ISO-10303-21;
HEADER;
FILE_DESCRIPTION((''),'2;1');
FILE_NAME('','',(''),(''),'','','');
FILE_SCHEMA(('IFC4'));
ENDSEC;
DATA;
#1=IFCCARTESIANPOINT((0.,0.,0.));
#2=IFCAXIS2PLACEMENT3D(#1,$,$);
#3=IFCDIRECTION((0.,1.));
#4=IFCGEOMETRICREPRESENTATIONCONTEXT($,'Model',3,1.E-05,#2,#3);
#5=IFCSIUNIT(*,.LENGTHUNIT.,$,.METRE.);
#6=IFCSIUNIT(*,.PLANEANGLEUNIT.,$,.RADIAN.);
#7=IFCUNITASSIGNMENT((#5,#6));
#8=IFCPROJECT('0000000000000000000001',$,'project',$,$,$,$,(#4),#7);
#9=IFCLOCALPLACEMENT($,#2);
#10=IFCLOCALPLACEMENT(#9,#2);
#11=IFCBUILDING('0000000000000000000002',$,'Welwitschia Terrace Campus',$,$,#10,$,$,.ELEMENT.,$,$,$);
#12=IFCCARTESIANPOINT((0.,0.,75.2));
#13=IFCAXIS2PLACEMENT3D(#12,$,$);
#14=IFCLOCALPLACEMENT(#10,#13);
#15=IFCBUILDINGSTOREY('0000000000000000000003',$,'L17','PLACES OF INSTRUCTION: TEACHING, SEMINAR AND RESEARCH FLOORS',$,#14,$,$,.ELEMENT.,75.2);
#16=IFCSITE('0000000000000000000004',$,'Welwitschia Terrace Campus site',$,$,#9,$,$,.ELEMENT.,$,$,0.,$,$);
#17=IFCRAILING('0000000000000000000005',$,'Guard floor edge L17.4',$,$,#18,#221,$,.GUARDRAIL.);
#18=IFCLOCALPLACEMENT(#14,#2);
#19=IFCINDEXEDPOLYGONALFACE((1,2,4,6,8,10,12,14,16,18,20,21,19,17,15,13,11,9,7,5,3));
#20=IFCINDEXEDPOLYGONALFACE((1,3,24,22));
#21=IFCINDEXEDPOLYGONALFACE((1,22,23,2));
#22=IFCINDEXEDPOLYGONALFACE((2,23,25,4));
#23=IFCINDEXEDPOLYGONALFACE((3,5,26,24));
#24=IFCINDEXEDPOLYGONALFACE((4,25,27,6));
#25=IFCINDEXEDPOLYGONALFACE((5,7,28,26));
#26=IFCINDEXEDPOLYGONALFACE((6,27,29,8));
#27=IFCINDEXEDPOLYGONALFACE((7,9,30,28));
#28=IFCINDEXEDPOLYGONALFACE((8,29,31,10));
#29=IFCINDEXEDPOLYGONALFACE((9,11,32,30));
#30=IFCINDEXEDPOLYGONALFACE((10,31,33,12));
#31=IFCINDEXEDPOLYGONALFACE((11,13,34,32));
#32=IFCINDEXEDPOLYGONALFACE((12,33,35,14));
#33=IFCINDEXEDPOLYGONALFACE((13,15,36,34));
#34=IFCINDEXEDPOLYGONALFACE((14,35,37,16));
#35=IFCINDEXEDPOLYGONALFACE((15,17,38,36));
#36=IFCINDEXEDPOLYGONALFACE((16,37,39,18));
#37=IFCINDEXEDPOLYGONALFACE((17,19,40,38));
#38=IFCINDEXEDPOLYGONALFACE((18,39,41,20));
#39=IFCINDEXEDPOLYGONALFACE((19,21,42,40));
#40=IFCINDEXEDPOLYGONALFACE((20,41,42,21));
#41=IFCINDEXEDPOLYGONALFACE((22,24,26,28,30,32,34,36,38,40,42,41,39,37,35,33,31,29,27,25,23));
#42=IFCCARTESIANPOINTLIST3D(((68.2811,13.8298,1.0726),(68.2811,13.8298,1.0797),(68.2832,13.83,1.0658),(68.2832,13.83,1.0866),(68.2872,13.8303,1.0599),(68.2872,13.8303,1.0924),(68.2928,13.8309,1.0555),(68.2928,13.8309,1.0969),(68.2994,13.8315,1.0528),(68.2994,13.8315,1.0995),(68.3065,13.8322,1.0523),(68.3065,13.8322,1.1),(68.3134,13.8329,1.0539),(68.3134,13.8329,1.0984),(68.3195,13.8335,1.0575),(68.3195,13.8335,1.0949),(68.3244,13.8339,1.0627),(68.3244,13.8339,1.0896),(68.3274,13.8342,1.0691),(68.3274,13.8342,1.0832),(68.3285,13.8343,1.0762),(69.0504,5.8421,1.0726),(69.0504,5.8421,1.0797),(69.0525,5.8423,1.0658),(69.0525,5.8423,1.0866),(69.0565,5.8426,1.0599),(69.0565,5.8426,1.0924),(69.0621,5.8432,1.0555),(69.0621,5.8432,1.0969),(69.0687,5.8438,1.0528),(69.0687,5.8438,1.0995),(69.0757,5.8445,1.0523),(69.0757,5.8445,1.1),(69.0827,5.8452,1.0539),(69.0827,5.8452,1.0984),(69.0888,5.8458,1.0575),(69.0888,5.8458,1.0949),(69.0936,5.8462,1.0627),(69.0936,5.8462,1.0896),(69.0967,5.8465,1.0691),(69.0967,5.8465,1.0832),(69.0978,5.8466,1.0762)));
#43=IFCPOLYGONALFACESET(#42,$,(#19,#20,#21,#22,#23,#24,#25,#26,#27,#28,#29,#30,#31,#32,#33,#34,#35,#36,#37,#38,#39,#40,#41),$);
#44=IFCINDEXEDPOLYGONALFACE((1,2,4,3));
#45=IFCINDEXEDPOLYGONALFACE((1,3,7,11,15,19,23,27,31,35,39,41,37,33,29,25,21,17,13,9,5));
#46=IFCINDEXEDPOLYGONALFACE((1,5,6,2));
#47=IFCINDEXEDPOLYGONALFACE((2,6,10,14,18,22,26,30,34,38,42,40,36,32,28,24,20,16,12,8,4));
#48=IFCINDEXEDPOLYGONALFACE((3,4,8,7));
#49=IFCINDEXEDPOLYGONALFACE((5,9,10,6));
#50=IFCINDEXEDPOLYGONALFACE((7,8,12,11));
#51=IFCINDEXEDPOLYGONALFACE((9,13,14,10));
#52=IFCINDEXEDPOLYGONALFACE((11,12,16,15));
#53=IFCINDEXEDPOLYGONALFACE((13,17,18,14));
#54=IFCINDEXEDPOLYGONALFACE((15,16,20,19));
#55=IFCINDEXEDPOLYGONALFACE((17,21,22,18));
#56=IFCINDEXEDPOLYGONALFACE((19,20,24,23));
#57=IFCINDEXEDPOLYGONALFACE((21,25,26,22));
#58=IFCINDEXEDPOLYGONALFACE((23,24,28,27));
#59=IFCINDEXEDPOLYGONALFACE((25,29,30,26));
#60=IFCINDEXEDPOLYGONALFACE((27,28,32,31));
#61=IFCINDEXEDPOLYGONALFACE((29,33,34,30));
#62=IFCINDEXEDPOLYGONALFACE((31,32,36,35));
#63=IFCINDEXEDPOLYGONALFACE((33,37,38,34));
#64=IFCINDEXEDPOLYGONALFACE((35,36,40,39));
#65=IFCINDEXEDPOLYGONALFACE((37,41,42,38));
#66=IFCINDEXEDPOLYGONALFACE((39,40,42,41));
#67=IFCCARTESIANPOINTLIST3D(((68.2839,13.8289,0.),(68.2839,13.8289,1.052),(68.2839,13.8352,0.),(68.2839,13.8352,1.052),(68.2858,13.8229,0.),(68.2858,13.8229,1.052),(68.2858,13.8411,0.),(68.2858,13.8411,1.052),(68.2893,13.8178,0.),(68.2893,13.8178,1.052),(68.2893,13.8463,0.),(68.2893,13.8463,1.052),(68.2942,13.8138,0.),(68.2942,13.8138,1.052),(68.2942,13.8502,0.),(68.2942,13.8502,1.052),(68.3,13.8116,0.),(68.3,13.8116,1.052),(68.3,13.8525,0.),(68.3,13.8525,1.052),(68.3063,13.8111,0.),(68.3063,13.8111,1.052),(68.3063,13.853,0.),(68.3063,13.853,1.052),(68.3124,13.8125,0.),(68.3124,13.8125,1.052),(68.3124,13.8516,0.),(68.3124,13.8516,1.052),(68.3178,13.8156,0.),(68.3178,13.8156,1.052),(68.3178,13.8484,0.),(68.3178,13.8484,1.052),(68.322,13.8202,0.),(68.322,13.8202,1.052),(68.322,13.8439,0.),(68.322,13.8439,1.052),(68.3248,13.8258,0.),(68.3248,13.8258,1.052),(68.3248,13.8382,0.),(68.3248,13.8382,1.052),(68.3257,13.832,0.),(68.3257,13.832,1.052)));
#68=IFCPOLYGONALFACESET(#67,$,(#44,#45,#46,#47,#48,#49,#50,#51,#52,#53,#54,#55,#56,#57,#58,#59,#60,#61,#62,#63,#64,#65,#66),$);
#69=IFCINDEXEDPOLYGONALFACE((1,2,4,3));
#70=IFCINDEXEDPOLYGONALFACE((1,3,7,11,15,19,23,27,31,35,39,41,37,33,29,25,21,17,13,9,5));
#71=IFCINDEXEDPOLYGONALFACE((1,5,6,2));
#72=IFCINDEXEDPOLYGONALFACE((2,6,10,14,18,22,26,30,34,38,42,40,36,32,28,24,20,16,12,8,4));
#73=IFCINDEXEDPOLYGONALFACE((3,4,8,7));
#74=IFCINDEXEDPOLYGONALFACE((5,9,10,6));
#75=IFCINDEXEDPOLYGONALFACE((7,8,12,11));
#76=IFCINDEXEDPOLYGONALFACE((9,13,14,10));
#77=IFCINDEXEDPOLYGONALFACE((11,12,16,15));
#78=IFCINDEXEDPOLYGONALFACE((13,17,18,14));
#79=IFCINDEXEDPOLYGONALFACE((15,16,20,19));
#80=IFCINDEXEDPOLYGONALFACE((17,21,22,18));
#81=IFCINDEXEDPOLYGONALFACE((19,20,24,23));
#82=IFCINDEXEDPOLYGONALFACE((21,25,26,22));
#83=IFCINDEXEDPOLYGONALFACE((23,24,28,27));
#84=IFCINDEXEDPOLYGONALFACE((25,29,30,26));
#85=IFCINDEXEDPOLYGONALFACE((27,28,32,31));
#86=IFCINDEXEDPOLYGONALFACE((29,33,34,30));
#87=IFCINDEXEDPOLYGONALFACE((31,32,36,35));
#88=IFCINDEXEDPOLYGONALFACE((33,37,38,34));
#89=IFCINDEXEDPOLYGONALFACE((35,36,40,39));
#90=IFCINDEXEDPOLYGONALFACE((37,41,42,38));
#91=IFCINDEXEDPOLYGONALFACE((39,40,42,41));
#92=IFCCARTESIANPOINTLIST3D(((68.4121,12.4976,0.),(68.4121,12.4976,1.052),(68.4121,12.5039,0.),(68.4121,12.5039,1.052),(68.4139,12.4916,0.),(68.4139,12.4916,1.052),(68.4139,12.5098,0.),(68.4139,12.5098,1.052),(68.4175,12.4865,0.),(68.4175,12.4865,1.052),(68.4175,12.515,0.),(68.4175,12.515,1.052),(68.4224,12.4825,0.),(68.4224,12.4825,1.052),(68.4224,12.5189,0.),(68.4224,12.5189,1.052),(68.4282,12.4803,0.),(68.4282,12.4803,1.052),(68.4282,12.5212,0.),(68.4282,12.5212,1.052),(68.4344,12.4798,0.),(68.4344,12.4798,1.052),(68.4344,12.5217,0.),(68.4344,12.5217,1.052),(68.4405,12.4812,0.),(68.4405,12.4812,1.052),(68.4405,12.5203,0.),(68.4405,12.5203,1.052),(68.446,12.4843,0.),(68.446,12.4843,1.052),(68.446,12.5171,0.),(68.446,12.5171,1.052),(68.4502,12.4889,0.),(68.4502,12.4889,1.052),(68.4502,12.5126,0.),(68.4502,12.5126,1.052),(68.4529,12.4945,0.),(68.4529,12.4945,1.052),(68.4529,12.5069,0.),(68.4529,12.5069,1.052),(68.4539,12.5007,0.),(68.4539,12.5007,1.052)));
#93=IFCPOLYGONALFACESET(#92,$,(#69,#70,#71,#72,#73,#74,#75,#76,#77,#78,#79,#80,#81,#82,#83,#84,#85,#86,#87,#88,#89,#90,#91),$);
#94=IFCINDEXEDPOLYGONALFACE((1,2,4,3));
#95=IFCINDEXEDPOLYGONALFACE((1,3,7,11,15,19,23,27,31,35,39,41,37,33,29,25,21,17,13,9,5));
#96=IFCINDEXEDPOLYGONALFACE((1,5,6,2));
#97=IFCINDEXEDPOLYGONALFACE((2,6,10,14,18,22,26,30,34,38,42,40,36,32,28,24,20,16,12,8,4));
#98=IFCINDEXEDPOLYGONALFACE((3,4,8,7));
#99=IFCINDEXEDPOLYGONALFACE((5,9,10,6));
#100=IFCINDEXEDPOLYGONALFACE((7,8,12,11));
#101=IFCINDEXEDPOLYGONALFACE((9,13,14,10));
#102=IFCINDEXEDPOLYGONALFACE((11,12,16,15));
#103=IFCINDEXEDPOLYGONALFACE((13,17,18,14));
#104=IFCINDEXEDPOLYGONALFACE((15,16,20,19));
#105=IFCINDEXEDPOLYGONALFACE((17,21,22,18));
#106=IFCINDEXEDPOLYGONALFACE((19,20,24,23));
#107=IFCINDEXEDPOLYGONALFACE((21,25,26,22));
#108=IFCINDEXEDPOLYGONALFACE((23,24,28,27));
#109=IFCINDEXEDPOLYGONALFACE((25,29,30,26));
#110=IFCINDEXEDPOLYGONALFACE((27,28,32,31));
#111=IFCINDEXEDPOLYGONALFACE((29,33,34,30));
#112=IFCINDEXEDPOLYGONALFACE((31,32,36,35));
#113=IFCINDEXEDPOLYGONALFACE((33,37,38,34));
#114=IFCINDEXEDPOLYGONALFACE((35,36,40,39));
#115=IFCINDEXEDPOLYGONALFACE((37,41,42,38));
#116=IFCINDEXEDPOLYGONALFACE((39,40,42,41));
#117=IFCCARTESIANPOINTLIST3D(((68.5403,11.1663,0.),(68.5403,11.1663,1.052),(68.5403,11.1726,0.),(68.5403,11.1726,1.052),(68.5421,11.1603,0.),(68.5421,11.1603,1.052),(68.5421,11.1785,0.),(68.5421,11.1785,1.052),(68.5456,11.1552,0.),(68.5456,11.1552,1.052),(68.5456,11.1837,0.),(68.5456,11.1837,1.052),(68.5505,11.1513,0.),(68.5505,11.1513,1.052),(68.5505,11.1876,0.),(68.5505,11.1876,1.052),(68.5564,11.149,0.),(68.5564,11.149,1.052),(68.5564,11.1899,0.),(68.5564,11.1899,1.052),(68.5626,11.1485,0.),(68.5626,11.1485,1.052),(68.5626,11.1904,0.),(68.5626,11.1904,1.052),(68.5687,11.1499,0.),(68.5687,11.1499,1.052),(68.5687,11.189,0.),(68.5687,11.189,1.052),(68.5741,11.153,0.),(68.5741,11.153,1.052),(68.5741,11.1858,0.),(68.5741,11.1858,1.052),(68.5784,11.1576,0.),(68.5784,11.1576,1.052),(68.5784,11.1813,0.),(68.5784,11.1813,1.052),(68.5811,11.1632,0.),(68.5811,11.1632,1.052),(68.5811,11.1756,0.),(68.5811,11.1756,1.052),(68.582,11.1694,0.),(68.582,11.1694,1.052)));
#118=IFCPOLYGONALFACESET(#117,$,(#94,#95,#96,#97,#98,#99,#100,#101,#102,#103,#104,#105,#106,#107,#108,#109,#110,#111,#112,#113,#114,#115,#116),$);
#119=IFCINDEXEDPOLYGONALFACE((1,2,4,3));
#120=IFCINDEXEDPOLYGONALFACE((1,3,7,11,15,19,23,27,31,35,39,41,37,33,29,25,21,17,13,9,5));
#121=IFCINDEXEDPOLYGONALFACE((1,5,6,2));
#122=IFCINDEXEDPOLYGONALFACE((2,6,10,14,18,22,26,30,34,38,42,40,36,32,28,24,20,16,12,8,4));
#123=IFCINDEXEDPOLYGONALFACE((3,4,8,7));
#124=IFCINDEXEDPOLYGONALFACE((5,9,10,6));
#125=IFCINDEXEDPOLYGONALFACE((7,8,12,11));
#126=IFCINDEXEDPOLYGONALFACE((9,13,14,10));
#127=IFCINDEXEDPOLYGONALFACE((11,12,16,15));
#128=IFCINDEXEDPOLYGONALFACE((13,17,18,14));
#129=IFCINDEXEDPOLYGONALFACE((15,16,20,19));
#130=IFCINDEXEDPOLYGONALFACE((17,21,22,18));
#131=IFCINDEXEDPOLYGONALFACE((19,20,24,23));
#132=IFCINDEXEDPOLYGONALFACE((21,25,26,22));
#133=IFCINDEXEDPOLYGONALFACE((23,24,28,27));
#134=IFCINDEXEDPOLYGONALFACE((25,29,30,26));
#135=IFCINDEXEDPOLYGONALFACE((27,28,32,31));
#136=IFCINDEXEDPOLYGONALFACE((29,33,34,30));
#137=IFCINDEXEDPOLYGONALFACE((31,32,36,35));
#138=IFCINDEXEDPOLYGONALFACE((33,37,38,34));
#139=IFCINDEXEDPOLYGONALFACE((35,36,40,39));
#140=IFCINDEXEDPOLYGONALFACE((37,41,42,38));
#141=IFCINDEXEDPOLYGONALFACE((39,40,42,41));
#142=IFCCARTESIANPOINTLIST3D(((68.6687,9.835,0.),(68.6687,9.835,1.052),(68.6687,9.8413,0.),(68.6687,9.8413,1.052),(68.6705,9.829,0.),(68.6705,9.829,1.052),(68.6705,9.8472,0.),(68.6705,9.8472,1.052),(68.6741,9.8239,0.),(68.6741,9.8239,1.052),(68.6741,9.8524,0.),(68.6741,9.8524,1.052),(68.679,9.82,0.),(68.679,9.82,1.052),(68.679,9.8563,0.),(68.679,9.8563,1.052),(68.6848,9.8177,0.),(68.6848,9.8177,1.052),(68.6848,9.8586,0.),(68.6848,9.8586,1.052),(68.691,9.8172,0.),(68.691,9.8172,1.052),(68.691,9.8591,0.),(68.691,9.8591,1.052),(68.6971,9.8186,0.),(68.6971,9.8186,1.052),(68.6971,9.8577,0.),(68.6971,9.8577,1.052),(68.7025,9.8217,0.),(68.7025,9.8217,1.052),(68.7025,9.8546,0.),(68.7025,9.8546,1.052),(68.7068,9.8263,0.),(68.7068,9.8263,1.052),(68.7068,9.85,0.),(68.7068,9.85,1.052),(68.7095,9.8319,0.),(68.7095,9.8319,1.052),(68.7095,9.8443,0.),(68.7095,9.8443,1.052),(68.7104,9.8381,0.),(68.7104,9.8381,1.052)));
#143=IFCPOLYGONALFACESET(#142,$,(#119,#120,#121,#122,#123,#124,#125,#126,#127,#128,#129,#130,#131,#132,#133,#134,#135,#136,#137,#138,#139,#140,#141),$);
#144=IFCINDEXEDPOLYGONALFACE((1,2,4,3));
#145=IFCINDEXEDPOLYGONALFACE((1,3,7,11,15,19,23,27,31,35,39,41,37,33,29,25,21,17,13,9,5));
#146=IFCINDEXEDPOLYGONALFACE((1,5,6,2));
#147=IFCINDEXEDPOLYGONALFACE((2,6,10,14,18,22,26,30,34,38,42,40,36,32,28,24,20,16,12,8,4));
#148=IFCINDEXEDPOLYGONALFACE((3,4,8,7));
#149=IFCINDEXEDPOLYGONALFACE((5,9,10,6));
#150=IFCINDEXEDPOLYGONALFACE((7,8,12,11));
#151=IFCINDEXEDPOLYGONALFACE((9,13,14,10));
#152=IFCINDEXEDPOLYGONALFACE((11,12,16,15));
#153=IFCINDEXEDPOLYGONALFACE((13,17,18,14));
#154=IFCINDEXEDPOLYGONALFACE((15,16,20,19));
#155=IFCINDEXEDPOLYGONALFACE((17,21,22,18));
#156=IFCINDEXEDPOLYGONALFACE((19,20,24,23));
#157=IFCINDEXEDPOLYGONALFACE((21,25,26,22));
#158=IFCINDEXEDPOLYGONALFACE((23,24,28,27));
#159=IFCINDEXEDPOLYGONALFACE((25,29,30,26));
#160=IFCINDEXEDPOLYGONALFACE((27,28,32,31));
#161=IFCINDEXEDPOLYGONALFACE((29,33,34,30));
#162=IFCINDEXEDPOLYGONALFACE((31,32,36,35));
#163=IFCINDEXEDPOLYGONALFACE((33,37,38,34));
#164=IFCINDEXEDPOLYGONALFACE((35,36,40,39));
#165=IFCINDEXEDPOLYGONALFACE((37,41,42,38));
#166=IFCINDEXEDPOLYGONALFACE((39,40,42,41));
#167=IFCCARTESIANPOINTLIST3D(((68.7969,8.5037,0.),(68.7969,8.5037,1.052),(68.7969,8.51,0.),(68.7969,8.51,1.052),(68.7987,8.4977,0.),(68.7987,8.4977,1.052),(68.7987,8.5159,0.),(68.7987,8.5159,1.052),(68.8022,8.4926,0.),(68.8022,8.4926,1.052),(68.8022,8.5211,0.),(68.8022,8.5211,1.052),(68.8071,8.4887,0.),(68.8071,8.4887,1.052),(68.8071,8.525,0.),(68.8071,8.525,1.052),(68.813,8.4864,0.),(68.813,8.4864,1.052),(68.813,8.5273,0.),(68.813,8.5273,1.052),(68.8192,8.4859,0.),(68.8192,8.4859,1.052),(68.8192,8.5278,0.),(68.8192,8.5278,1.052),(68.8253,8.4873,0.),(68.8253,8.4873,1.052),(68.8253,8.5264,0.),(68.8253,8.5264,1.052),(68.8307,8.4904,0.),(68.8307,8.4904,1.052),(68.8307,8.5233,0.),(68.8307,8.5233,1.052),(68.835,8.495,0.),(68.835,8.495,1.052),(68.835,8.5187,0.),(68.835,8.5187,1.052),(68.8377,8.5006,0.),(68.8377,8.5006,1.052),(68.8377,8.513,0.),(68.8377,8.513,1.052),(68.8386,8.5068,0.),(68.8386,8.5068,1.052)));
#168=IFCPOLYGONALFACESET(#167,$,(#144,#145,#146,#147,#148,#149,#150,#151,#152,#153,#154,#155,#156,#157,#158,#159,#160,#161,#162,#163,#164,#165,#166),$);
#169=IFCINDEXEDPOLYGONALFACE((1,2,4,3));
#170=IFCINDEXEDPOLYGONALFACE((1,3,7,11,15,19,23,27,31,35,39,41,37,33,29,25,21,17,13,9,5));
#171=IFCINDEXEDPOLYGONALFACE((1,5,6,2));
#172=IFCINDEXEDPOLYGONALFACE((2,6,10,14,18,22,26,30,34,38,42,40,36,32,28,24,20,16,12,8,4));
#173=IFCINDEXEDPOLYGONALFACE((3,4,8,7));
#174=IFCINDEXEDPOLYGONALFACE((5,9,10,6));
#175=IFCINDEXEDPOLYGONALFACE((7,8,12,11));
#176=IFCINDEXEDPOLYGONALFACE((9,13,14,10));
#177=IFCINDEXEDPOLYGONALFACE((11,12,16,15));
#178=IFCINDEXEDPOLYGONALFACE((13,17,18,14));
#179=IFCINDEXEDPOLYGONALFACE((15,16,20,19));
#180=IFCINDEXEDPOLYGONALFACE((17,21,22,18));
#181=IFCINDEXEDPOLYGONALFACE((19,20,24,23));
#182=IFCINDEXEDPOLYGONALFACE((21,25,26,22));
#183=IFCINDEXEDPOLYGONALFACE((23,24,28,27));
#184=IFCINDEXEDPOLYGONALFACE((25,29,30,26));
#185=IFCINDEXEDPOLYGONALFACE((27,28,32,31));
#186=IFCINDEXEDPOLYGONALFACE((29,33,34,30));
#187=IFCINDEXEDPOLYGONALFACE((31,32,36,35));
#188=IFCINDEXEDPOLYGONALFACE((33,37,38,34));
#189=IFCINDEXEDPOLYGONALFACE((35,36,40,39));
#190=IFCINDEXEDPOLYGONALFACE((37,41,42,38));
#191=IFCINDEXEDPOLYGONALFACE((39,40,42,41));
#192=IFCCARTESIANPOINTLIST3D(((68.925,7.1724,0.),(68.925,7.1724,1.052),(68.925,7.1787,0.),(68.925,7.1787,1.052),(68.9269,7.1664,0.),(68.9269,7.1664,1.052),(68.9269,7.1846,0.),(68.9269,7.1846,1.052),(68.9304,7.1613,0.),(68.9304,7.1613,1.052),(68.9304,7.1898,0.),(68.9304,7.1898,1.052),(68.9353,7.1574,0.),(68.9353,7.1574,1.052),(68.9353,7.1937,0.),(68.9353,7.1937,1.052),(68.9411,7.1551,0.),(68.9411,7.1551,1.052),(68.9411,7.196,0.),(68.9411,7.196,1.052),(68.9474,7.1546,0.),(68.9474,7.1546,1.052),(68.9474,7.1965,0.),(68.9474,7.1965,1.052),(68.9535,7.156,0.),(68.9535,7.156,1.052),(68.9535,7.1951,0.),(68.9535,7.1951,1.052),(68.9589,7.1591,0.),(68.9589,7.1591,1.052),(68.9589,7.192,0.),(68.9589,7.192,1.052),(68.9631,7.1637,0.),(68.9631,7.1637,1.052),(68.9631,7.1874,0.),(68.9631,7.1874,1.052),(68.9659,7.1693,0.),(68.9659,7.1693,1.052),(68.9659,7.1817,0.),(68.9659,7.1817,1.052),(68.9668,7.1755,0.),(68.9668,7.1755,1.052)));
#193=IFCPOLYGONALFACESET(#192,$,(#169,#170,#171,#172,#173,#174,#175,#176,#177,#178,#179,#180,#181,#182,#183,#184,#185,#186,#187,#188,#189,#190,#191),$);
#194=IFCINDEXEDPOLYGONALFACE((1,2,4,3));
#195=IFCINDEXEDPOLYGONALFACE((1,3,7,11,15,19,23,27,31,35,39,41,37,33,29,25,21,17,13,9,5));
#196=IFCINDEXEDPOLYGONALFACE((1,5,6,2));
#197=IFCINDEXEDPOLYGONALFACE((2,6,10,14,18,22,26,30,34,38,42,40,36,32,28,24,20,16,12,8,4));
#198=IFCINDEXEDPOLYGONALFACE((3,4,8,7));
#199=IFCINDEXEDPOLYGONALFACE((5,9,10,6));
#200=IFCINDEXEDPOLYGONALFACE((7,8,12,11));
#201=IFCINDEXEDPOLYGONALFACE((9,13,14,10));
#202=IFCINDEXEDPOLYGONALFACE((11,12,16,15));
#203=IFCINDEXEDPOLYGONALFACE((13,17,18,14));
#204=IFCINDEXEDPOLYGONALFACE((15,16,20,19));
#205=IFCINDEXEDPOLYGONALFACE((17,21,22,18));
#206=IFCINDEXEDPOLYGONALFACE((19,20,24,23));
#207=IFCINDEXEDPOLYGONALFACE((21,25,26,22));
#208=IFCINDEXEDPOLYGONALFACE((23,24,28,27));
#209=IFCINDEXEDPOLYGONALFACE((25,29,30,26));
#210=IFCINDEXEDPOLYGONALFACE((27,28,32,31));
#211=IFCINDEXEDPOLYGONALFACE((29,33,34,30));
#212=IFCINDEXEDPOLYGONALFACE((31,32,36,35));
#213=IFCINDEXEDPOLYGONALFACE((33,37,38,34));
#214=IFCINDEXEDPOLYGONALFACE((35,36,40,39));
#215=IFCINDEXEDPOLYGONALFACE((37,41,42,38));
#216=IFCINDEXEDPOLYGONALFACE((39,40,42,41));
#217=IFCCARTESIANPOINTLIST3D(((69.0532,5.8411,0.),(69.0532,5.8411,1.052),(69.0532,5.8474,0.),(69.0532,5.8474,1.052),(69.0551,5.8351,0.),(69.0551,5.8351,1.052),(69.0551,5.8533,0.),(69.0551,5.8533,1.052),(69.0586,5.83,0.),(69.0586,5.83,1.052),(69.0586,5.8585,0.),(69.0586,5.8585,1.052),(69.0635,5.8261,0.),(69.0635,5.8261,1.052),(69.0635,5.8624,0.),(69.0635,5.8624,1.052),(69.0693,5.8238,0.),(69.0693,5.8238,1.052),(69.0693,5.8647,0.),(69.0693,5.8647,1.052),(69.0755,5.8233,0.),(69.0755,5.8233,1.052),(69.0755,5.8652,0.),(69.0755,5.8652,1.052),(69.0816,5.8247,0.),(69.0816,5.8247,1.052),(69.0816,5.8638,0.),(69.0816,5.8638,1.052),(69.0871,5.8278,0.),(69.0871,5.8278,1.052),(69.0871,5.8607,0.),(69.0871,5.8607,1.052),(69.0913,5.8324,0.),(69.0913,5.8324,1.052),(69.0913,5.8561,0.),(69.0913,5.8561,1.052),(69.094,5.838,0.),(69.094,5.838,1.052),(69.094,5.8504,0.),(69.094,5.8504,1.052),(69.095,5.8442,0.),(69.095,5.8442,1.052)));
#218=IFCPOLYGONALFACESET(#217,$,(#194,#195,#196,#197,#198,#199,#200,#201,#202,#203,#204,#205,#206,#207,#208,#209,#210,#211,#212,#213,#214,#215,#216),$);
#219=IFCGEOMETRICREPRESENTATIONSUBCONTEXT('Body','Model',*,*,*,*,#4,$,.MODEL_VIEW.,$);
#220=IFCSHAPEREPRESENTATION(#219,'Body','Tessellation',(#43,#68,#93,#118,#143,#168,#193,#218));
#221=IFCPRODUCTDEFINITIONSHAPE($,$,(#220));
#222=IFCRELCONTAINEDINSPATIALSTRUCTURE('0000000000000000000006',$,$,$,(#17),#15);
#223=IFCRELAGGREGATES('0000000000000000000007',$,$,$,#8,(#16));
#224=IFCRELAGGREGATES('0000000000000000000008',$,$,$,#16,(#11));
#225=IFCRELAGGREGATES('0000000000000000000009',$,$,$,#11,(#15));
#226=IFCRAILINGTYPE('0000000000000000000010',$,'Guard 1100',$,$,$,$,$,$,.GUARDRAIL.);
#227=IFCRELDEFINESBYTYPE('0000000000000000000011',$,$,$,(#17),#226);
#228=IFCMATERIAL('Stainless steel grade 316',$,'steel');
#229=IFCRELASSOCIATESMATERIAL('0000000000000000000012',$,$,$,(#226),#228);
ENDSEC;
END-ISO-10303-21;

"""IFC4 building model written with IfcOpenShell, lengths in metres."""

from ifc_helpers import new_model, si_unit, direction, frame, origin, origin_2d, place, context, subcontext, project, spatial, circle, extrude, material, type_object, element, save


model = new_model("IFC4")

# Units and contexts
model_context = context("Model", 3, precision=1e-05, world=origin(), true_north=direction((0.0, 1.0)))
body_context = subcontext(model_context, "Body", "Model", "MODEL_VIEW")
ifc_project = project(units=[si_unit("LENGTHUNIT", "METRE"), si_unit("PLANEANGLEUNIT", "RADIAN")], contexts=[model_context])

# Site, building, storey
site_placement = place(None, origin())
site = spatial("IfcSite", under=ifc_project, at=site_placement, Name="Welwitschia Terrace Campus site", CompositionType="ELEMENT", RefElevation=0.0)
building_placement = place(site_placement, origin())
building = spatial("IfcBuilding", under=site, at=building_placement, Name="Welwitschia Terrace Campus", CompositionType="ELEMENT")
storey_placement = place(building_placement, frame((0.0, 0.0, 75.2)))
storey = spatial("IfcBuildingStorey", under=building, at=storey_placement, Name="L17", Description="PLACES OF INSTRUCTION: TEACHING, SEMINAR AND RESEARCH FLOORS", CompositionType="ELEMENT", Elevation=75.2)

# Railing
ifc_material_1 = material(Name="Stainless steel grade 316", Category="steel")
railing_type = type_object("IfcRailingType", Name="Guard 1100", PredefinedType="GUARDRAIL", material=ifc_material_1)
railing_placement = place(storey_placement, frame((68.3047, 13.832, 0.0)))
element("IfcRailing", 1, at=railing_placement, inside=storey, type_object=railing_type, Name="Guard floor edge L17.4", PredefinedType="GUARDRAIL", context=body_context, shape_type="SweptSolid", body=[
    extrude(circle(Radius=0.0239, at=origin_2d()), frame((0.0, 0.0, 1.0762), z_axis=(0.095864, -0.995394, 0.0), x_axis=(0.995394, 0.095864, 0.0)), (0.0, 0.0, 1.0), 8.0247),
    extrude(circle(Radius=0.021, at=origin_2d()), origin(), (0.0, 0.0, 1.0), 1.052),
    extrude(circle(Radius=0.021, at=origin_2d()), frame((0.1282, -1.3313, 0.0)), (0.0, 0.0, 1.0), 1.052),
    extrude(circle(Radius=0.021, at=origin_2d()), frame((0.2563, -2.6626, 0.0)), (0.0, 0.0, 1.0), 1.052),
    extrude(circle(Radius=0.021, at=origin_2d()), frame((0.3848, -3.9939, 0.0)), (0.0, 0.0, 1.0), 1.052),
    extrude(circle(Radius=0.021, at=origin_2d()), frame((0.5129, -5.3252, 0.0)), (0.0, 0.0, 1.0), 1.052),
    extrude(circle(Radius=0.021, at=origin_2d()), frame((0.6411, -6.6565, 0.0)), (0.0, 0.0, 1.0), 1.052),
    extrude(circle(Radius=0.021, at=origin_2d()), frame((0.7693, -7.9878, 0.0)), (0.0, 0.0, 1.0), 1.052),
])

save(model, "model.ifc")
